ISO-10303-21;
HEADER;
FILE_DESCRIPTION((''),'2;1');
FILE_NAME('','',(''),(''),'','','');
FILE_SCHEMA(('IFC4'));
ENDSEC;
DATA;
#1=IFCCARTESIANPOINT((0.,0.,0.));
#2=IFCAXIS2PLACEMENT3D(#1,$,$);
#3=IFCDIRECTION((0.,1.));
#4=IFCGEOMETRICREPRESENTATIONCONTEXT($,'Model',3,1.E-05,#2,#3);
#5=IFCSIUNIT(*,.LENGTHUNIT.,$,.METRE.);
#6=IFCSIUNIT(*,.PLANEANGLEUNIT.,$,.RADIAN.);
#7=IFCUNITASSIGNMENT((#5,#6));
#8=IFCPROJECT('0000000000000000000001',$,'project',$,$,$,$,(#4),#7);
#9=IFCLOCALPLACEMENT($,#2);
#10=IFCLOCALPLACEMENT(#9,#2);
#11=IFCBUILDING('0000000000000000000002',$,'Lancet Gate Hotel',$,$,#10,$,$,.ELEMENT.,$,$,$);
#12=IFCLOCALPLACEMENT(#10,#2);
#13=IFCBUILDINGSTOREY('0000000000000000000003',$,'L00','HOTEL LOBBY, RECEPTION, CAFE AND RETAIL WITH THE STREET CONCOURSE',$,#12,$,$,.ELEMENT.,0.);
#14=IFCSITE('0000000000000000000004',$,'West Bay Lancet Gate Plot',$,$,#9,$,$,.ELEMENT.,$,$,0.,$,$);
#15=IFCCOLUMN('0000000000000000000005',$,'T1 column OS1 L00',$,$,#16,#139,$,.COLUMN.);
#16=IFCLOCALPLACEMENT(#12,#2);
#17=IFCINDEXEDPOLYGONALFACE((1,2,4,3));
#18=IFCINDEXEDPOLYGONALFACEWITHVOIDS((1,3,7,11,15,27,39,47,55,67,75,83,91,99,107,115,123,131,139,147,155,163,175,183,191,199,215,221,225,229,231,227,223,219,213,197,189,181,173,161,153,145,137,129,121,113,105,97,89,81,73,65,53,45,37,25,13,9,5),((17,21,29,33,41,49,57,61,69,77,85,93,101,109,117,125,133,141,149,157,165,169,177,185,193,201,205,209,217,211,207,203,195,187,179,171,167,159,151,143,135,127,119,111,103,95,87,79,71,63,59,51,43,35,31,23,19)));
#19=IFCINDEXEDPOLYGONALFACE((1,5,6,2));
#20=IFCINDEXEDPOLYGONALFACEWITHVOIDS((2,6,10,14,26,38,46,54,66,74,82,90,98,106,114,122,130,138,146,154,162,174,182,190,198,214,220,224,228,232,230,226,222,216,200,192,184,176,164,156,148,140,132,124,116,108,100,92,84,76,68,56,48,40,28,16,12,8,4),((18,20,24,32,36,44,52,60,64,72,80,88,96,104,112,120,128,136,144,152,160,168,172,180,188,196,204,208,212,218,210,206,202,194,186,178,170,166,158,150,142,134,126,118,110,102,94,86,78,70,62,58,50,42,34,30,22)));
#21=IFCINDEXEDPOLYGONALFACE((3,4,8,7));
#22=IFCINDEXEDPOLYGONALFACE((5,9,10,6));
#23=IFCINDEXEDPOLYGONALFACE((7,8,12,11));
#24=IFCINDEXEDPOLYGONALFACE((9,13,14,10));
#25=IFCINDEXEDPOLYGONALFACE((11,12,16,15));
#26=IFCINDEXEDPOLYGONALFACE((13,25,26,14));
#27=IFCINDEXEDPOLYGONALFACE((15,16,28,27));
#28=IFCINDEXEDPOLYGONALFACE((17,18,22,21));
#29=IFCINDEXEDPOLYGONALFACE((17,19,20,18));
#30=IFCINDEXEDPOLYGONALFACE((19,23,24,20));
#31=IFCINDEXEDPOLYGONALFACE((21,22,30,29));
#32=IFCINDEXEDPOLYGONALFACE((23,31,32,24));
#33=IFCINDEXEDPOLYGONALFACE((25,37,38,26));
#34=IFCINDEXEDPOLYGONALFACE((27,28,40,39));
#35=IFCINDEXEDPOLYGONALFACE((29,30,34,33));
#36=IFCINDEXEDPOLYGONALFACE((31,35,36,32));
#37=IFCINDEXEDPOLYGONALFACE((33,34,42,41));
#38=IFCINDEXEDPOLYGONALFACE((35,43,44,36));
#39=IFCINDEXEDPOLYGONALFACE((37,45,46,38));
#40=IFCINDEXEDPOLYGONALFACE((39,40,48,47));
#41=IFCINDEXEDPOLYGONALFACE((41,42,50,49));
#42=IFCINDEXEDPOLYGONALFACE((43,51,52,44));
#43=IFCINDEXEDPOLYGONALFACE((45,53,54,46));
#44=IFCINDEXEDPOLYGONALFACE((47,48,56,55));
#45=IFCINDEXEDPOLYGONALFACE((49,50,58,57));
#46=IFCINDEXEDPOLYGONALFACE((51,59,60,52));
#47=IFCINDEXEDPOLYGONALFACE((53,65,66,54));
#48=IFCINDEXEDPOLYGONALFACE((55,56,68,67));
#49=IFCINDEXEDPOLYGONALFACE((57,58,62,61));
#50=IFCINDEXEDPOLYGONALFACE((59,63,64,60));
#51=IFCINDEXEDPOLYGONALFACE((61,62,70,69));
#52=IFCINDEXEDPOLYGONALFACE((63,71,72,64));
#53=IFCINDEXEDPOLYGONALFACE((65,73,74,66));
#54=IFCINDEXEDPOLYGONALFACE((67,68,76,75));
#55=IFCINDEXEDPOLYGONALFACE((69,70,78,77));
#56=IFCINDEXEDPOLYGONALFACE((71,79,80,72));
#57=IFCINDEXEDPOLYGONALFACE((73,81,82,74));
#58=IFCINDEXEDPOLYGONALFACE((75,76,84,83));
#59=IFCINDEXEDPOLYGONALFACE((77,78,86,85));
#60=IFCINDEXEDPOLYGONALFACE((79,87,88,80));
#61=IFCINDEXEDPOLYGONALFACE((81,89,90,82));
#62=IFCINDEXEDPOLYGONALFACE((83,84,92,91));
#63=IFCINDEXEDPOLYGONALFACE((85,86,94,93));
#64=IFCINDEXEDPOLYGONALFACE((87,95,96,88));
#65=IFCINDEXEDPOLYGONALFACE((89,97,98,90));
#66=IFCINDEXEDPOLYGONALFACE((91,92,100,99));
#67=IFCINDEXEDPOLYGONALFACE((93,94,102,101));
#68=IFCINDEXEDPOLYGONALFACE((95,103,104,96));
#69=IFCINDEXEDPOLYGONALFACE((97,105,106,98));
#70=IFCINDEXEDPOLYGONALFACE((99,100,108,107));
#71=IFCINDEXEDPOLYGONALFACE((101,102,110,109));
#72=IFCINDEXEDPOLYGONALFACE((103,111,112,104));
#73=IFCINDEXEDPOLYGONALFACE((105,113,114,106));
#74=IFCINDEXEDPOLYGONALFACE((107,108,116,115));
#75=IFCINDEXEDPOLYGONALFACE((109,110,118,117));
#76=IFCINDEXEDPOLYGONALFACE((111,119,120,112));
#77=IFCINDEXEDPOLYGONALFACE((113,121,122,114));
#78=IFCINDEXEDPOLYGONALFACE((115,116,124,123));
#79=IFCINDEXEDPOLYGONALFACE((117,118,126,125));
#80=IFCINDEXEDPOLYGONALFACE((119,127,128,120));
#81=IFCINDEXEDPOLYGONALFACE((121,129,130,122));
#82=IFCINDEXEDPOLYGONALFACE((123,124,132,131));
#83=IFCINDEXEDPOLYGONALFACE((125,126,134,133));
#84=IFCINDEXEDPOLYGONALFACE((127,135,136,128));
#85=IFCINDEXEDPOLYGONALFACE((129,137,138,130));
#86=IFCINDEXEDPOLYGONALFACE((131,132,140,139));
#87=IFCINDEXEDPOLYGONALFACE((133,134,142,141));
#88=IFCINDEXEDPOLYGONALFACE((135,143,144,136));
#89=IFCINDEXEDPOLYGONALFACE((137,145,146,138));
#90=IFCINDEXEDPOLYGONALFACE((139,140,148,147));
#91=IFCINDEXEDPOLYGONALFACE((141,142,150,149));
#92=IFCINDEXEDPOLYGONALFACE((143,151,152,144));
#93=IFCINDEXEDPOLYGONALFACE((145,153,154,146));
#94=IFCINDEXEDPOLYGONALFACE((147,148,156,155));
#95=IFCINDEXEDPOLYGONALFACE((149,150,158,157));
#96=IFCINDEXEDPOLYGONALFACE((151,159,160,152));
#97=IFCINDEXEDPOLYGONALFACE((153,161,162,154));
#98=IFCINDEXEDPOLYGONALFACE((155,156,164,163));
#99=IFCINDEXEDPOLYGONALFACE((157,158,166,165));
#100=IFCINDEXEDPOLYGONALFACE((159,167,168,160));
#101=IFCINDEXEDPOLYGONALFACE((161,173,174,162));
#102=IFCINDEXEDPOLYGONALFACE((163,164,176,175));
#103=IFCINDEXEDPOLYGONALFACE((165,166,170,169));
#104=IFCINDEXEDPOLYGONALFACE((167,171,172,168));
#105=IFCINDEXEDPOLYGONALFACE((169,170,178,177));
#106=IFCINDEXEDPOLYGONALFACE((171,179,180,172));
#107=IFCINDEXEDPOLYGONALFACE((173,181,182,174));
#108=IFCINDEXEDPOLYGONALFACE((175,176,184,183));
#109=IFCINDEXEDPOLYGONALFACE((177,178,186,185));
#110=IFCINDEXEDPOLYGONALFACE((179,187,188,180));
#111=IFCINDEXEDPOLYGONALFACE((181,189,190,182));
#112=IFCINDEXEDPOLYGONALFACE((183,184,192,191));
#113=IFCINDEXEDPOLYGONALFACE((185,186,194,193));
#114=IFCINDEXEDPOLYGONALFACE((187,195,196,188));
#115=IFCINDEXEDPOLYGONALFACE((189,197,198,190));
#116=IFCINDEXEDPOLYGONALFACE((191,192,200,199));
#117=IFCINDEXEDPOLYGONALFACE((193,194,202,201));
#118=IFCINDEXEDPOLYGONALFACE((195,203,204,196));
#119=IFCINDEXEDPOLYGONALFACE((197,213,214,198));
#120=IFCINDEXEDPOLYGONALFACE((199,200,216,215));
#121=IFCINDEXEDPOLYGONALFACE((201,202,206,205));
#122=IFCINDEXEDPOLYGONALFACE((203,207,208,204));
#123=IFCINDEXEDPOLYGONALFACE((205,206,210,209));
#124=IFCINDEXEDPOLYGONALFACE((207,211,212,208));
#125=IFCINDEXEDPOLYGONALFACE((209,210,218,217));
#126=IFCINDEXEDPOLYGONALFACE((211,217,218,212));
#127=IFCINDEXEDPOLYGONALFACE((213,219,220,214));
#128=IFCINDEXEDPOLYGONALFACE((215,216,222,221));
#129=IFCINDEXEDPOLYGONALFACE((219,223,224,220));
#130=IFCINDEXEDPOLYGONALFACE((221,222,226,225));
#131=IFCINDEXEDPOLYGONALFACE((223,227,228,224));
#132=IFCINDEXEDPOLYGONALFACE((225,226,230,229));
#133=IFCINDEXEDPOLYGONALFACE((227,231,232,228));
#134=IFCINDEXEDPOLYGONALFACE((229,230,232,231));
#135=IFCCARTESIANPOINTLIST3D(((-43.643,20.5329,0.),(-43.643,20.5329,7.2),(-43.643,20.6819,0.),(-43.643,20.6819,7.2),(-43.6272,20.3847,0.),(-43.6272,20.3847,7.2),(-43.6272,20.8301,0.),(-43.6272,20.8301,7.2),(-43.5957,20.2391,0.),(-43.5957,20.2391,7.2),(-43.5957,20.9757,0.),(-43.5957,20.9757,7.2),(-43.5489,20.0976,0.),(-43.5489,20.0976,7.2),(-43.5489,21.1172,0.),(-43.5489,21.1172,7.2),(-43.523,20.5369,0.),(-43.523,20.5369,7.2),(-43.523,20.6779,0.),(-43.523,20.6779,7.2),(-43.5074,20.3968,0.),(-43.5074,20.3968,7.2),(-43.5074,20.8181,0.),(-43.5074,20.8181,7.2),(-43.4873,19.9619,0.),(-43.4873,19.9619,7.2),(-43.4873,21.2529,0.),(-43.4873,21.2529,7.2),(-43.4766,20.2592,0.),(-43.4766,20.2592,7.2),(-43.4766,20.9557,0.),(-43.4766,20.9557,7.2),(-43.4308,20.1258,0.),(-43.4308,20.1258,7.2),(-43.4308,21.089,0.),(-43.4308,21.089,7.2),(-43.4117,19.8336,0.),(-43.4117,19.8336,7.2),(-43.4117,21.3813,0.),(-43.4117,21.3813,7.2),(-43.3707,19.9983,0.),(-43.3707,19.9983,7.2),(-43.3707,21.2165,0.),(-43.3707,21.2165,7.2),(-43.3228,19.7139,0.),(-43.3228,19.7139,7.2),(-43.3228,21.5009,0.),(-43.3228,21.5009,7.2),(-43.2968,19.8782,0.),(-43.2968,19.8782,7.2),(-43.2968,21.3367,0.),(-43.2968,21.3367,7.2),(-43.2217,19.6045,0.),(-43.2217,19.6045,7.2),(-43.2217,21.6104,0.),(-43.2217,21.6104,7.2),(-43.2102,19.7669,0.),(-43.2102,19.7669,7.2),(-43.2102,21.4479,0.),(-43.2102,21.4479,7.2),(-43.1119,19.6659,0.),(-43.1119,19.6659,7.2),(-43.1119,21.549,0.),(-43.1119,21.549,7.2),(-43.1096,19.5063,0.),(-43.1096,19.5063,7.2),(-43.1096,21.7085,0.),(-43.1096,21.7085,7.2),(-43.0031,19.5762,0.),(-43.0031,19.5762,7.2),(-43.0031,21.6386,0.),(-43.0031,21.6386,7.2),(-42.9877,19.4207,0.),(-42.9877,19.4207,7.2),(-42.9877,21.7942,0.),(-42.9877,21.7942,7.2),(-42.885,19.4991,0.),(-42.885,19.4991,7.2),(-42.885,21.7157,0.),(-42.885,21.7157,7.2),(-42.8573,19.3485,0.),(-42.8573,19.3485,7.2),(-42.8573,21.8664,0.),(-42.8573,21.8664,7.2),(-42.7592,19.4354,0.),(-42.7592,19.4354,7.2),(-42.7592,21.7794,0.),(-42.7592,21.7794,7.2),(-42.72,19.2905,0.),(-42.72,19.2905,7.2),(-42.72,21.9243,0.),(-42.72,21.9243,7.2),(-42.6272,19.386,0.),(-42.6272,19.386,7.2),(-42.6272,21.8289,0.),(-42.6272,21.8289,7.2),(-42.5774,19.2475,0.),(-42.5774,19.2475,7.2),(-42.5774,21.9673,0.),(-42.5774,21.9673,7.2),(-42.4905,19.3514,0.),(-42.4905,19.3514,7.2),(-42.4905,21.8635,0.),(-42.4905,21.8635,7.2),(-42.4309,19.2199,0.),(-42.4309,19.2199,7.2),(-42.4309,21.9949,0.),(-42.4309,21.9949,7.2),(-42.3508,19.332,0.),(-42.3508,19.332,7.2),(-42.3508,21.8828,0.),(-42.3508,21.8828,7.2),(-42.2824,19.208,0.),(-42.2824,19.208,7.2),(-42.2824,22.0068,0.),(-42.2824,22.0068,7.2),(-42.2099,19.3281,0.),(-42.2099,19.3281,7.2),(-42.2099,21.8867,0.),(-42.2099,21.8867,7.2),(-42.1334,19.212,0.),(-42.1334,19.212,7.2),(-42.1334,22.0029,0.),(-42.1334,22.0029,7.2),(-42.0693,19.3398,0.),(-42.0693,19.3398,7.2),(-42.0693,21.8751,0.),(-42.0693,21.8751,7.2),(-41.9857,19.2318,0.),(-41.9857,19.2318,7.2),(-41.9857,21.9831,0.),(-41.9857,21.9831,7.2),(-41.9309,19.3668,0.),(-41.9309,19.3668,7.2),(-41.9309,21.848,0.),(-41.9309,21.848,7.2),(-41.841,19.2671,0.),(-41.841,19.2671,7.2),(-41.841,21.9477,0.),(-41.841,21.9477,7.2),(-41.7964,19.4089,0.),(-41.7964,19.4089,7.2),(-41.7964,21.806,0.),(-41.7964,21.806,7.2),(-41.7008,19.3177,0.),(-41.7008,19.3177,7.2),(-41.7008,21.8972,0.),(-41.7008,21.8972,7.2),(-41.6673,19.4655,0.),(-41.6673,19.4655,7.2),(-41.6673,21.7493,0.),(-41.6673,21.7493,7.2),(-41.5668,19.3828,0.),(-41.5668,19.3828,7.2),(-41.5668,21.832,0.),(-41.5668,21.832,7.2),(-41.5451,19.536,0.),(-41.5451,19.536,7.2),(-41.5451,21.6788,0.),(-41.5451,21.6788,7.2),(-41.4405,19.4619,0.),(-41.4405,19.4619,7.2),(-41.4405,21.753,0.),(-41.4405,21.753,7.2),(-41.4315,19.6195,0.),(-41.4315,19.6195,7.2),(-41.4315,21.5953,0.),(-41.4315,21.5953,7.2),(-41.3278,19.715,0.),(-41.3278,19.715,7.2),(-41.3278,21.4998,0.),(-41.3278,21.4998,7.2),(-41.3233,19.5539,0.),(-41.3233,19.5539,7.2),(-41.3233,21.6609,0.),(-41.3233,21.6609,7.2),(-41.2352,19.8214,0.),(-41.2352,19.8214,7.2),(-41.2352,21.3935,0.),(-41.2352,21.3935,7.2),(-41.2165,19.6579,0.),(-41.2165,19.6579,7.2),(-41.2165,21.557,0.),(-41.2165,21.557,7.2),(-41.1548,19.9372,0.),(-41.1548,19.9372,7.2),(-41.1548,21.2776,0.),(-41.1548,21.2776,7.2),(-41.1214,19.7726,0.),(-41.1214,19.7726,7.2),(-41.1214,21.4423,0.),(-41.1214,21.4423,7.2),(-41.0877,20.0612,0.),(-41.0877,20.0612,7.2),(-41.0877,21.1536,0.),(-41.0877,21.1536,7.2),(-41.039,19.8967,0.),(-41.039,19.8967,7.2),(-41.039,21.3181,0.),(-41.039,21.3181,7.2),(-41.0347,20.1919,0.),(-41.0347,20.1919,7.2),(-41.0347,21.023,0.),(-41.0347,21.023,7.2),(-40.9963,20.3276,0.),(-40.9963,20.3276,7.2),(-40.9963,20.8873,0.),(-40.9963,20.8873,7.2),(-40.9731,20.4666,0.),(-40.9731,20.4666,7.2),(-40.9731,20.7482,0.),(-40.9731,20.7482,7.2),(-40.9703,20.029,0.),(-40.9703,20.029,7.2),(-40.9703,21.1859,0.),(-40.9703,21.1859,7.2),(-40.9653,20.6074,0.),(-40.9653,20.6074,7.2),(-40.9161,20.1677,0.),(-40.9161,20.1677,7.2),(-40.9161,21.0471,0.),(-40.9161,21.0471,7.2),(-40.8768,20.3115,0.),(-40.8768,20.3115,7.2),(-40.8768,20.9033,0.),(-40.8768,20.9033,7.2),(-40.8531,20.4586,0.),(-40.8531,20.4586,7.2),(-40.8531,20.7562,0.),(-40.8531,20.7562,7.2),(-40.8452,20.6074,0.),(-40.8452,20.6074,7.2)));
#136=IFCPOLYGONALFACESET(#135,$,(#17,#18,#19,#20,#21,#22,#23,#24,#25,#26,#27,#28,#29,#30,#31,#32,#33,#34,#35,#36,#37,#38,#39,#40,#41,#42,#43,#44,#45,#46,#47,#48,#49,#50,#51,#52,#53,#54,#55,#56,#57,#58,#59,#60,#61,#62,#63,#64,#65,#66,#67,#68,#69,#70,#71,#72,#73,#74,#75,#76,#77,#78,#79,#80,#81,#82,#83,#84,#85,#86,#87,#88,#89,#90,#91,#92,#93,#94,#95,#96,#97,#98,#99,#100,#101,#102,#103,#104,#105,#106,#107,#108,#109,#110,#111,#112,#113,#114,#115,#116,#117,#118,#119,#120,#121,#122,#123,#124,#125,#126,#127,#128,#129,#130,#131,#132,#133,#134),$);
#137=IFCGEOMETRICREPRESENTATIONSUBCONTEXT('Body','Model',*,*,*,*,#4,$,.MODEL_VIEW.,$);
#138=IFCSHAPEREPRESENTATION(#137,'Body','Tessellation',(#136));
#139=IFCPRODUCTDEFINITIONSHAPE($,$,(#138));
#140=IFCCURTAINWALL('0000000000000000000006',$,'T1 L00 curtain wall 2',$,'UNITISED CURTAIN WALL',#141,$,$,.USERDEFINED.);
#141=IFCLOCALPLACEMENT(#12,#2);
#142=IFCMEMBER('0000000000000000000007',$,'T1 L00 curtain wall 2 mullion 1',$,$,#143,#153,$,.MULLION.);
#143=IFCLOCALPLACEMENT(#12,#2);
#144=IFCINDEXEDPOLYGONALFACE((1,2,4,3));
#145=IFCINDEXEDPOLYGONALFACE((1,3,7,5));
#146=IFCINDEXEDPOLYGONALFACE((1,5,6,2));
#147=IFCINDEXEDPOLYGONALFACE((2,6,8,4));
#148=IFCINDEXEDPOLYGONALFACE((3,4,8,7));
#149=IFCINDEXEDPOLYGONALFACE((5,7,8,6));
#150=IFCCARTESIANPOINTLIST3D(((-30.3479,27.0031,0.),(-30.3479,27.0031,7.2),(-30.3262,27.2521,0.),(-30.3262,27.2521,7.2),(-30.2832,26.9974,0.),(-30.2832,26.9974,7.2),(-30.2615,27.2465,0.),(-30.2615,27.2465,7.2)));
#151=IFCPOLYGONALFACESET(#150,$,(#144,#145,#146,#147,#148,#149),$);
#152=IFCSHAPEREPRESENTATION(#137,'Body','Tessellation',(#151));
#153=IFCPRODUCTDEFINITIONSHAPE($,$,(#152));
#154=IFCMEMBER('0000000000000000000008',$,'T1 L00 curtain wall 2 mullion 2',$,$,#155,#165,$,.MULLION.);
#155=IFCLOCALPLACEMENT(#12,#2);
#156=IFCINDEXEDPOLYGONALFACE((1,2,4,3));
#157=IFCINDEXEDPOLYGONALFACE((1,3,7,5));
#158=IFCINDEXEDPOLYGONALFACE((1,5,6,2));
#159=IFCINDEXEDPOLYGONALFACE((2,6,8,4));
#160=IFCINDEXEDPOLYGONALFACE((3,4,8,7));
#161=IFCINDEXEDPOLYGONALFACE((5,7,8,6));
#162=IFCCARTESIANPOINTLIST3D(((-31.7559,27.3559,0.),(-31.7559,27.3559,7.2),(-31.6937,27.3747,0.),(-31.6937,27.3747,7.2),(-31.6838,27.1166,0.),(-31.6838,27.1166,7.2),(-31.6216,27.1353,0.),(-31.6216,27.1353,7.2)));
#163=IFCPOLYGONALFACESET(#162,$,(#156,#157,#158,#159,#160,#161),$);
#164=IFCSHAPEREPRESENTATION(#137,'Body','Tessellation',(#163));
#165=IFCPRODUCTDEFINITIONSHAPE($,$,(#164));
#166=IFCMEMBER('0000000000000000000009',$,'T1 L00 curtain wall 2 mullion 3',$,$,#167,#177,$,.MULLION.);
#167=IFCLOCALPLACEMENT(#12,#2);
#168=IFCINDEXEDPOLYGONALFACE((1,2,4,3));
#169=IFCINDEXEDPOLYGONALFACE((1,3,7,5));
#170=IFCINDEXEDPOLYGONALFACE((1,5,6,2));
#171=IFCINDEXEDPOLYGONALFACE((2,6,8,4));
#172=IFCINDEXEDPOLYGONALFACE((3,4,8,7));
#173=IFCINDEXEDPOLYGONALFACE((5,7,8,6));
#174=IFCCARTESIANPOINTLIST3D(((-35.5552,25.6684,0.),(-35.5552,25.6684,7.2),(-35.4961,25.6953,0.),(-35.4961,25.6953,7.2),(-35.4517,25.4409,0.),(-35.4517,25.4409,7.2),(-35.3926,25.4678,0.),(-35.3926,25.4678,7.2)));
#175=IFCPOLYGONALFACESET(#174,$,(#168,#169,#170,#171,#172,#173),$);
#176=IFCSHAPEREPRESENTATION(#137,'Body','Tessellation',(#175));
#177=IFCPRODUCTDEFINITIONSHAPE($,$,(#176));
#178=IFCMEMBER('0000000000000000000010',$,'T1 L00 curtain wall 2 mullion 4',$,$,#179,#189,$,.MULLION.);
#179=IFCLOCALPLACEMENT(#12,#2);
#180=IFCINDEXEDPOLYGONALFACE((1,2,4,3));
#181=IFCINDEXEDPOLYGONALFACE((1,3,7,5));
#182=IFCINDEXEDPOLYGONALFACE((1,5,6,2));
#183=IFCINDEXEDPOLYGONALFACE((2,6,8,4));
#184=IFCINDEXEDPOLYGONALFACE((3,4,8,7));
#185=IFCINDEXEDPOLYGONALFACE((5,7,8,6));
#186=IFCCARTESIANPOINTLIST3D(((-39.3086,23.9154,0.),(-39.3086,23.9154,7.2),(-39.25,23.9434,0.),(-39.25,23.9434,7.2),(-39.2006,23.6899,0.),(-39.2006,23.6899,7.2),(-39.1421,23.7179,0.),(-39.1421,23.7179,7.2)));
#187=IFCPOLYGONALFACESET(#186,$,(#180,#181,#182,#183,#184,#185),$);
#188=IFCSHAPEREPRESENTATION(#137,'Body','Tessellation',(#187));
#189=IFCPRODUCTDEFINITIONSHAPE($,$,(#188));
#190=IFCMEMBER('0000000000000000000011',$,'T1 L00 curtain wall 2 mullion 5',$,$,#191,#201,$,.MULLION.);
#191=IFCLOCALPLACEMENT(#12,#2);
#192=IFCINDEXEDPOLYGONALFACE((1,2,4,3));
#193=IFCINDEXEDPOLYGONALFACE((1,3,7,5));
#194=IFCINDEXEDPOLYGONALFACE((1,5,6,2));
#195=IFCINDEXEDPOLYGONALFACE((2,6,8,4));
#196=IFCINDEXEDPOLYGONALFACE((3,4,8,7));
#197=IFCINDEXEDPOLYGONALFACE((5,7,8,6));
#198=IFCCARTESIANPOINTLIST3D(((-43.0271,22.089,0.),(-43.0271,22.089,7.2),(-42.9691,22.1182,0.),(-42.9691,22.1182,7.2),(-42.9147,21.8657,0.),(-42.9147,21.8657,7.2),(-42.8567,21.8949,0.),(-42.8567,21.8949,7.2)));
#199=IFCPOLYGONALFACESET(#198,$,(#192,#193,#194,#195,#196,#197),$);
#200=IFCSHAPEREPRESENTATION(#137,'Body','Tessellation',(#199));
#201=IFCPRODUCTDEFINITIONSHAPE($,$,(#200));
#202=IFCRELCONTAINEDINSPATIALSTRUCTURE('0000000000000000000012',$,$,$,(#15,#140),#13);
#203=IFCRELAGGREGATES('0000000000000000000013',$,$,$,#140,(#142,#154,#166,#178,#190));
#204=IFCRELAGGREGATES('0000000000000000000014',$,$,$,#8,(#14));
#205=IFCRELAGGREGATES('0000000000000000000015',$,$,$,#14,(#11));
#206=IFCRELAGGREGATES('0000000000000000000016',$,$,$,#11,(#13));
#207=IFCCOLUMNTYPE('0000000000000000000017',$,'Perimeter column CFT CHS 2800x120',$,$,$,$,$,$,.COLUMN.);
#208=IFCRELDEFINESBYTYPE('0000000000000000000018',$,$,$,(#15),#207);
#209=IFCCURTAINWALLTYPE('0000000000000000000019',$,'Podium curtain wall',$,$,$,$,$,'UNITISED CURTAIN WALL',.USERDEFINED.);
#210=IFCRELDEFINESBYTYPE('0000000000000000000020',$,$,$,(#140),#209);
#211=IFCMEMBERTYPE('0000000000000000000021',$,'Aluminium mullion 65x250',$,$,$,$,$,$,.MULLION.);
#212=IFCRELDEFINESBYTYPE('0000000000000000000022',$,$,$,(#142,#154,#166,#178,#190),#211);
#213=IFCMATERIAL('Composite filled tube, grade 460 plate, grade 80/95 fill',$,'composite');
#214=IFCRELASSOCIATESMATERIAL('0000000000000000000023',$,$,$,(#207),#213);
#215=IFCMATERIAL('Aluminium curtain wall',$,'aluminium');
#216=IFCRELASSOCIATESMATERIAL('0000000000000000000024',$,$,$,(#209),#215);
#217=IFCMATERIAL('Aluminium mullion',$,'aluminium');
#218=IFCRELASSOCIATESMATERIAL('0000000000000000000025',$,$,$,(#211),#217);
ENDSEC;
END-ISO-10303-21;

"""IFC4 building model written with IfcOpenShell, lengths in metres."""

from ifc_helpers import new_model, si_unit, direction, frame, origin, origin_2d, place, context, subcontext, project, spatial, rectangle, hollow_circle, extrude, material, material_profile, profile_set, type_object, element, aggregate, save


model = new_model("IFC4")

# Units and contexts
model_context = context("Model", 3, precision=1e-05, world=origin(), true_north=direction((0.0, 1.0)))
body_context = subcontext(model_context, "Body", "Model", "MODEL_VIEW")
ifc_project = project(units=[si_unit("LENGTHUNIT", "METRE"), si_unit("PLANEANGLEUNIT", "RADIAN")], contexts=[model_context])

# Site, building, storey
site_placement = place(None, origin())
site = spatial("IfcSite", under=ifc_project, at=site_placement, Name="West Bay Lancet Gate Plot", CompositionType="ELEMENT", RefElevation=0.0)
building_placement = place(site_placement, origin())
building = spatial("IfcBuilding", under=site, at=building_placement, Name="Lancet Gate Hotel", CompositionType="ELEMENT")
storey_placement = place(building_placement, origin())
storey = spatial("IfcBuildingStorey", under=building, at=storey_placement, Name="L00", Description="HOTEL LOBBY, RECEPTION, CAFE AND RETAIL WITH THE STREET CONCOURSE", CompositionType="ELEMENT", Elevation=0.0)

# Column
ifc_material_1 = material(Name="Composite filled tube, grade 460 plate, grade 80/95 fill", Category="composite")
ifc_material_profile_1 = material_profile(ifc_material_1, hollow_circle(Radius=1.3999, WallThickness=0.1201, at=origin_2d()), Name="CHS 2800x120")
ifc_profile_set_1 = profile_set([ifc_material_profile_1], Name="Composite filled tube, grade 460 plate, grade 80/95 fill")
column_type = type_object("IfcColumnType", Name="Perimeter column CFT CHS 2800x120", PredefinedType="COLUMN", material=ifc_profile_set_1)
column_placement = place(storey_placement, frame((-42.2451, 20.6074, 0.0), z_axis=(0.0, 0.0, 1.0), x_axis=(1.0, 0.0, 0.0)))
element("IfcColumn", 1, at=column_placement, inside=storey, type_object=column_type, Name="T1 column OS1 L00", PredefinedType="COLUMN", context=body_context, shape_type="SweptSolid", body=[
    extrude(hollow_circle(Radius=1.3999, WallThickness=0.1201, at=origin_2d()), origin(), (0.0, 0.0, 1.0), 7.2),
])

# Curtain wall, members
ifc_material_2 = material(Name="Aluminium curtain wall", Category="aluminium")
curtain_wall_type = type_object("IfcCurtainWallType", Name="Podium curtain wall", ElementType="UNITISED CURTAIN WALL", PredefinedType="USERDEFINED", material=ifc_material_2)
curtain_wall_placement = place(storey_placement, origin())
curtain_wall = element("IfcCurtainWall", 2, at=curtain_wall_placement, inside=storey, type_object=curtain_wall_type, Name="T1 L00 curtain wall 2", ObjectType="UNITISED CURTAIN WALL", PredefinedType="USERDEFINED")
ifc_material_3 = material(Name="Aluminium mullion", Category="aluminium")
ifc_material_profile_2 = material_profile(ifc_material_3, rectangle(XDim=0.0649, YDim=0.25, at=origin_2d()), Name="MULLION 65x250")
ifc_profile_set_2 = profile_set([ifc_material_profile_2], Name="Aluminium mullion")
member_type_1 = type_object("IfcMemberType", Name="Aluminium mullion 65x250", PredefinedType="MULLION", material=ifc_profile_set_2)
member_1_placement = place(storey_placement, frame((-30.3047, 27.1248, 0.0), z_axis=(0.0, 0.0, 1.0), x_axis=(-0.996204, 0.087052, 0.0)))
member_1 = element("IfcMember", 3, at=member_1_placement, type_object=member_type_1, Name="T1 L00 curtain wall 2 mullion 1", PredefinedType="MULLION", context=body_context, shape_type="SweptSolid", body=[
    extrude(rectangle(XDim=0.0649, YDim=0.25, at=origin_2d()), origin(), (0.0, 0.0, 1.0), 7.2),
])
member_2_placement = place(storey_placement, frame((-31.6887, 27.2456, 0.0), z_axis=(0.0, 0.0, 1.0), x_axis=(-0.957524, -0.288352, 0.0)))
member_2 = element("IfcMember", 4, at=member_2_placement, type_object=member_type_1, Name="T1 L00 curtain wall 2 mullion 2", PredefinedType="MULLION", context=body_context, shape_type="SweptSolid", body=[
    extrude(rectangle(XDim=0.0649, YDim=0.25, at=origin_2d()), origin(), (0.0, 0.0, 1.0), 7.2),
])
member_3_placement = place(storey_placement, frame((-35.4739, 25.5681, 0.0), z_axis=(0.0, 0.0, 1.0), x_axis=(-0.91022, -0.414126, 0.0)))
member_3 = element("IfcMember", 5, at=member_3_placement, type_object=member_type_1, Name="T1 L00 curtain wall 2 mullion 3", PredefinedType="MULLION", context=body_context, shape_type="SweptSolid", body=[
    extrude(rectangle(XDim=0.0649, YDim=0.25, at=origin_2d()), origin(), (0.0, 0.0, 1.0), 7.2),
])
member_4_placement = place(storey_placement, frame((-39.2253, 23.8167, 0.0), z_axis=(0.0, 0.0, 1.0), x_axis=(-0.901929, -0.431885, 0.0)))
member_4 = element("IfcMember", 6, at=member_4_placement, type_object=member_type_1, Name="T1 L00 curtain wall 2 mullion 4", PredefinedType="MULLION", context=body_context, shape_type="SweptSolid", body=[
    extrude(rectangle(XDim=0.0649, YDim=0.25, at=origin_2d()), origin(), (0.0, 0.0, 1.0), 7.2),
])
member_5_placement = place(storey_placement, frame((-42.9419, 21.9919, 0.0), z_axis=(0.0, 0.0, 1.0), x_axis=(-0.893292, -0.449478, 0.0)))
member_5 = element("IfcMember", 7, at=member_5_placement, type_object=member_type_1, Name="T1 L00 curtain wall 2 mullion 5", PredefinedType="MULLION", context=body_context, shape_type="SweptSolid", body=[
    extrude(rectangle(XDim=0.0649, YDim=0.25, at=origin_2d()), origin(), (0.0, 0.0, 1.0), 7.2),
])

aggregate(curtain_wall, [member_1, member_2, member_3, member_4, member_5])

save(model, "model.ifc")
